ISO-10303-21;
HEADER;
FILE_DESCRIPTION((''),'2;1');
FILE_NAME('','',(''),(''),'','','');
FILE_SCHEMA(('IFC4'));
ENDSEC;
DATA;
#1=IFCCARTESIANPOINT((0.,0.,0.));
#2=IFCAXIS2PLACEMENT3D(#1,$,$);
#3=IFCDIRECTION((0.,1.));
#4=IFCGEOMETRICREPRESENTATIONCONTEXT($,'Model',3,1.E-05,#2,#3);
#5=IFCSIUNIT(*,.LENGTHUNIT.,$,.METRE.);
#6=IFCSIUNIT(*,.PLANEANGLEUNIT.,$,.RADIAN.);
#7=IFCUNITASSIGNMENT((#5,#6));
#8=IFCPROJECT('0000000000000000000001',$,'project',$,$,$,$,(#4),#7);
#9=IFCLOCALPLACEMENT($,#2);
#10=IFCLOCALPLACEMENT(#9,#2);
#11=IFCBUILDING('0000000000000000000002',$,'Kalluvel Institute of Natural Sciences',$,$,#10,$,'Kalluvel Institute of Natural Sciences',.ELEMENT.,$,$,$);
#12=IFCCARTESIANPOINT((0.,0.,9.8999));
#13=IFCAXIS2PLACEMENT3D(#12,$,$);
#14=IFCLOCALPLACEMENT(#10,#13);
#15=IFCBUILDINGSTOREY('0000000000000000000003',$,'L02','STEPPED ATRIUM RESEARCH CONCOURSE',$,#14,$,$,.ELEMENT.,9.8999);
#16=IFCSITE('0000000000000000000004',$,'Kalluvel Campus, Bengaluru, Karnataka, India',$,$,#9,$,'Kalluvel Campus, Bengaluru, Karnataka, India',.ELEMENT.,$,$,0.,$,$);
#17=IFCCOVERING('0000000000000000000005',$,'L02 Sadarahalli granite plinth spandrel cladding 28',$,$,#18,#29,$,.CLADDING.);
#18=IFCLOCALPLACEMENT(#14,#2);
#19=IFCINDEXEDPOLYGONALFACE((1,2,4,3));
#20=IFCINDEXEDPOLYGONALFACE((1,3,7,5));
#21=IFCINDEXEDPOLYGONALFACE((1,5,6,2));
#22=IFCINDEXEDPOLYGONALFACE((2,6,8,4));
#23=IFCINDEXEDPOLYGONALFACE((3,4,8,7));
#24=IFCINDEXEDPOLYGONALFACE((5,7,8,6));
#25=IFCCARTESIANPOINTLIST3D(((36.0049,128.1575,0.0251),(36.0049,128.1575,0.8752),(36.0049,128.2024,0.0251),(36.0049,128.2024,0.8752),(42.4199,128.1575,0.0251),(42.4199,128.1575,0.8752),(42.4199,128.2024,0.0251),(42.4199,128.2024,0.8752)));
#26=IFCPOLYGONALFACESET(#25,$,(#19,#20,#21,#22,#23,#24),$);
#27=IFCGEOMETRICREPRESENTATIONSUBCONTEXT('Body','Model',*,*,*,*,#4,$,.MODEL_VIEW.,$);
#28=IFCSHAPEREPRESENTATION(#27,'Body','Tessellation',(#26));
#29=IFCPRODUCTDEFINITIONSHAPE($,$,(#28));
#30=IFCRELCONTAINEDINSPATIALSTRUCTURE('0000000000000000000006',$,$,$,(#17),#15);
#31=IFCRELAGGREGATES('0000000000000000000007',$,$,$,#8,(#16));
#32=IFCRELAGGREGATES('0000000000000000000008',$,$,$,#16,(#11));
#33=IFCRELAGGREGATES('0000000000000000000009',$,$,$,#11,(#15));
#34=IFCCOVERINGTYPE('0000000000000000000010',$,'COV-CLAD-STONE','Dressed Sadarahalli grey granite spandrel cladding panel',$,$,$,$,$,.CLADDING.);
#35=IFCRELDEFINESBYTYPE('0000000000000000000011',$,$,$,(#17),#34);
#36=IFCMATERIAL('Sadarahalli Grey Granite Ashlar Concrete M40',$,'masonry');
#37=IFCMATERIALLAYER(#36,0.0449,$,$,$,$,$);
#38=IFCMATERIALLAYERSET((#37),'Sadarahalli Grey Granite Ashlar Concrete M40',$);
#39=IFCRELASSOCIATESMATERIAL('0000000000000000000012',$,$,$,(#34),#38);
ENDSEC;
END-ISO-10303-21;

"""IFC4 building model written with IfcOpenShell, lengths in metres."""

from ifc_helpers import new_model, si_unit, direction, frame, origin, origin_2d, place, context, subcontext, project, spatial, rectangle, extrude, material, layer, layer_set, type_object, element, save


model = new_model("IFC4")

# Units and contexts
model_context = context("Model", 3, precision=1e-05, world=origin(), true_north=direction((0.0, 1.0)))
body_context = subcontext(model_context, "Body", "Model", "MODEL_VIEW")
ifc_project = project(units=[si_unit("LENGTHUNIT", "METRE"), si_unit("PLANEANGLEUNIT", "RADIAN")], contexts=[model_context])

# Site, building, storey
site_placement = place(None, origin())
site = spatial("IfcSite", under=ifc_project, at=site_placement, Name="Kalluvel Campus, Bengaluru, Karnataka, India", LongName="Kalluvel Campus, Bengaluru, Karnataka, India", CompositionType="ELEMENT", RefElevation=0.0)
building_placement = place(site_placement, origin())
building = spatial("IfcBuilding", under=site, at=building_placement, Name="Kalluvel Institute of Natural Sciences", LongName="Kalluvel Institute of Natural Sciences", CompositionType="ELEMENT")
storey_placement = place(building_placement, frame((0.0, 0.0, 9.8999)))
storey = spatial("IfcBuildingStorey", under=building, at=storey_placement, Name="L02", Description="STEPPED ATRIUM RESEARCH CONCOURSE", CompositionType="ELEMENT", Elevation=9.8999)

# Shared definitions
ifc_material_1 = material(Name="Sadarahalli Grey Granite Ashlar Concrete M40", Category="masonry")

# Covering
ifc_layer_1 = layer(ifc_material_1, 0.0449)
ifc_layer_set_1 = layer_set([ifc_layer_1], Name="Sadarahalli Grey Granite Ashlar Concrete M40")
covering_type = type_object("IfcCoveringType", Name="COV-CLAD-STONE", Description="Dressed Sadarahalli grey granite spandrel cladding panel", PredefinedType="CLADDING", material=ifc_layer_set_1)
covering_1_placement = place(storey_placement, frame((39.2124, 128.1799, 0.0251), z_axis=(0.0, 0.0, 1.0), x_axis=(1.0, 0.0, 0.0)))
element("IfcCovering", 1, at=covering_1_placement, inside=storey, type_object=covering_type, Name="L02 Sadarahalli granite plinth spandrel cladding 28", PredefinedType="CLADDING", context=body_context, shape_type="SweptSolid", body=[
    extrude(rectangle(XDim=6.415, YDim=0.0449, at=origin_2d()), origin(), (0.0, 0.0, 1.0), 0.8501),
])

save(model, "model.ifc")
